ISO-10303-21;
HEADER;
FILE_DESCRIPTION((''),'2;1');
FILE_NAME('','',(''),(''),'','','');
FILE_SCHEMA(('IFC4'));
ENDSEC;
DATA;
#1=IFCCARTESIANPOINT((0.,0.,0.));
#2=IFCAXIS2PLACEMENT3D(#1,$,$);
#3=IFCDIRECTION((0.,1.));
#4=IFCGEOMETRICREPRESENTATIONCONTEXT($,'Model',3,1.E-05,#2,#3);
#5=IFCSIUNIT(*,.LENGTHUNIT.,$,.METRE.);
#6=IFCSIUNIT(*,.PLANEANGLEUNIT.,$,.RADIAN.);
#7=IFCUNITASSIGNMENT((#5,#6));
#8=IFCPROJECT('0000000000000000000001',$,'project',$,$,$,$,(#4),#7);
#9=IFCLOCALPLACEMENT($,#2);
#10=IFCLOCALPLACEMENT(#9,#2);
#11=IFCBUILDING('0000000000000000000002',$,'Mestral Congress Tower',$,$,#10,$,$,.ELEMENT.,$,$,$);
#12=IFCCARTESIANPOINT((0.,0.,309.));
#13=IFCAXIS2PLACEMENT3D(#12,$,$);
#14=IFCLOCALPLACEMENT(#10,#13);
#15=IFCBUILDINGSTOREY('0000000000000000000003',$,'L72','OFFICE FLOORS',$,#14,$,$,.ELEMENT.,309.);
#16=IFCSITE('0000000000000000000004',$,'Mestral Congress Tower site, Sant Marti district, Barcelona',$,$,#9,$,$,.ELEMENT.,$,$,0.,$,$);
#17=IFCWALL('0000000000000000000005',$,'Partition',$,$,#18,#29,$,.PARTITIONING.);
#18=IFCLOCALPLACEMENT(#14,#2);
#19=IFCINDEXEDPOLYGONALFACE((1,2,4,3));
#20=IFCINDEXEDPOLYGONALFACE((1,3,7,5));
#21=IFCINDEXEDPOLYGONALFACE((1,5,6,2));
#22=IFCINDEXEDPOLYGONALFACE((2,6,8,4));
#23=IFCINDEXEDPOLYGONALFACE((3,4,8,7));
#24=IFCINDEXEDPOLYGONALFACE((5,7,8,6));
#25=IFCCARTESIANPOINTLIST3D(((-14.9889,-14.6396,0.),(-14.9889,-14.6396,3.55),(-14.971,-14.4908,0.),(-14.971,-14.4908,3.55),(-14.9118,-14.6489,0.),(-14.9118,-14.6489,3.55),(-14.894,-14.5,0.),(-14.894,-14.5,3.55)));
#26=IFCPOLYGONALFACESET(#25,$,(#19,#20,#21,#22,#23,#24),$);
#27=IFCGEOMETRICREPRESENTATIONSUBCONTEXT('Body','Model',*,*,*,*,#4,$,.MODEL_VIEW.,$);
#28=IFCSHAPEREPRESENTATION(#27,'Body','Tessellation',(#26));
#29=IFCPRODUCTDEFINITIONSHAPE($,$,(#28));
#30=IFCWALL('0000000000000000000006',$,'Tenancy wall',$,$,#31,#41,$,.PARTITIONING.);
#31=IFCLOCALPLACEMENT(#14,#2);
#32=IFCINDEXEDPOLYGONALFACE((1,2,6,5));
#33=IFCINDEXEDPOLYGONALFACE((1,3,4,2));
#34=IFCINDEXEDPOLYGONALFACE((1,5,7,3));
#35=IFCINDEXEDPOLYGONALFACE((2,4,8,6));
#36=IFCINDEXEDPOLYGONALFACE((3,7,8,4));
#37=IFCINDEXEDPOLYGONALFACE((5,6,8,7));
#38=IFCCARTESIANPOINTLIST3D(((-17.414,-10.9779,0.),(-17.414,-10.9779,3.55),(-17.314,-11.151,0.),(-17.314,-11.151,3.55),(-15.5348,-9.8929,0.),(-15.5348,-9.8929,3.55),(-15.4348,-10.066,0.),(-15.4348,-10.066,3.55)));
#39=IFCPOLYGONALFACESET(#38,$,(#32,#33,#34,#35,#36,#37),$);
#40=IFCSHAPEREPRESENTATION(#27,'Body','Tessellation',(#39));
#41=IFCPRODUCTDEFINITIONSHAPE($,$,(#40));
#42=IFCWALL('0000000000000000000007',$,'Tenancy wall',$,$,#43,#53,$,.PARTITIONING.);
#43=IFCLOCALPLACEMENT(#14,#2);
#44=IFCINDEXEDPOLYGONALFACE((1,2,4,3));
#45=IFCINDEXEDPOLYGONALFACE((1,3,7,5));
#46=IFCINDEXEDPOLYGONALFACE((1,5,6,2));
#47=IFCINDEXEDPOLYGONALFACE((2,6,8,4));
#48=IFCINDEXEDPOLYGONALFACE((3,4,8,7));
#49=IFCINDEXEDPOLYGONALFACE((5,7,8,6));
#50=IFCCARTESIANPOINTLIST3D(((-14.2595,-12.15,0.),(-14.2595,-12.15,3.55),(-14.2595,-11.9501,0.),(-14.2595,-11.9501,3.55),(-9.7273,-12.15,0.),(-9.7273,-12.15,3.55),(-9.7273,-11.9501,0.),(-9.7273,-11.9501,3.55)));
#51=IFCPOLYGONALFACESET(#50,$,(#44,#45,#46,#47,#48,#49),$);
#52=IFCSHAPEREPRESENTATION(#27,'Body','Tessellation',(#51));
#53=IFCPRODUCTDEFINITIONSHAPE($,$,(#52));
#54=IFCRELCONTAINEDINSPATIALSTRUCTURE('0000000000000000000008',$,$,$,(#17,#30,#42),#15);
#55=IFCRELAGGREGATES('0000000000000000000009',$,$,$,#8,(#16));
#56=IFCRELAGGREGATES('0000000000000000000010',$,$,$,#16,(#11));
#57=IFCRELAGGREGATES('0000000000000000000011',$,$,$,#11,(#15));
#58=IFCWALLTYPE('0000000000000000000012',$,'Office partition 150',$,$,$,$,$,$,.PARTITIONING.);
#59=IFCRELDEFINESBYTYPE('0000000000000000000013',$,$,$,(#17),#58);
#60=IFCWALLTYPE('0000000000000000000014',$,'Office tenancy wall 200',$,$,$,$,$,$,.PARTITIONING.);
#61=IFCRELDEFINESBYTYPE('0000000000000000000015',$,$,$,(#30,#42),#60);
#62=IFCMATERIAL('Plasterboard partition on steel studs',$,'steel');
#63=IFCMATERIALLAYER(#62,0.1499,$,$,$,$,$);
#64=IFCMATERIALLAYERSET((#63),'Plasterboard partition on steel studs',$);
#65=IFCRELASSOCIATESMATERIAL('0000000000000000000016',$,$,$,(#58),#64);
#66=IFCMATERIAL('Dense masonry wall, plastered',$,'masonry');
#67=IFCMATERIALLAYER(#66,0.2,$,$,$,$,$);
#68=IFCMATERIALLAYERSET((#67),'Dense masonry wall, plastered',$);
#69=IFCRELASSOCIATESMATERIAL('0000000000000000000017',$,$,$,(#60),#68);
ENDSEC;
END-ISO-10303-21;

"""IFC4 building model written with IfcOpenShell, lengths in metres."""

from ifc_helpers import new_model, si_unit, direction, frame, frame_2d, origin, place, context, subcontext, project, spatial, rectangle, extrude, material, layer, layer_set, type_object, element, save


model = new_model("IFC4")

# Units and contexts
model_context = context("Model", 3, precision=1e-05, world=origin(), true_north=direction((0.0, 1.0)))
body_context = subcontext(model_context, "Body", "Model", "MODEL_VIEW")
ifc_project = project(units=[si_unit("LENGTHUNIT", "METRE"), si_unit("PLANEANGLEUNIT", "RADIAN")], contexts=[model_context])

# Site, building, storey
site_placement = place(None, origin())
site = spatial("IfcSite", under=ifc_project, at=site_placement, Name="Mestral Congress Tower site, Sant Marti district, Barcelona", CompositionType="ELEMENT", RefElevation=0.0)
building_placement = place(site_placement, origin())
building = spatial("IfcBuilding", under=site, at=building_placement, Name="Mestral Congress Tower", CompositionType="ELEMENT")
storey_placement = place(building_placement, frame((0.0, 0.0, 309.0)))
storey = spatial("IfcBuildingStorey", under=building, at=storey_placement, Name="L72", Description="OFFICE FLOORS", CompositionType="ELEMENT", Elevation=309.0)

# Shared definitions
ifc_material_1 = material(Name="Plasterboard partition on steel studs", Category="steel")
ifc_layer_1 = layer(ifc_material_1, 0.1499)
ifc_layer_set_1 = layer_set([ifc_layer_1], Name="Plasterboard partition on steel studs")
wall_type_1 = type_object("IfcWallType", Name="Office partition 150", PredefinedType="PARTITIONING", material=ifc_layer_set_1)

# Walls
wall_1_placement = place(storey_placement, frame((-14.98, -14.5652, 0.0), z_axis=(0.0, 0.0, 1.0), x_axis=(0.992847, -0.119393, 0.0)))
element("IfcWall", 1, at=wall_1_placement, inside=storey, type_object=wall_type_1, Name="Partition", PredefinedType="PARTITIONING", context=body_context, shape_type="SweptSolid", body=[
    extrude(rectangle(XDim=0.0776, YDim=0.1499, at=frame_2d((0.0388, 0.0))), origin(), (0.0, 0.0, 1.0), 3.55),
])
ifc_material_2 = material(Name="Dense masonry wall, plastered", Category="masonry")
ifc_layer_2 = layer(ifc_material_2, 0.2)
ifc_layer_set_2 = layer_set([ifc_layer_2], Name="Dense masonry wall, plastered")
wall_type_2 = type_object("IfcWallType", Name="Office tenancy wall 200", PredefinedType="PARTITIONING", material=ifc_layer_set_2)
wall_2_placement = place(storey_placement, frame((-17.364, -11.0645, 0.0), z_axis=(0.0, 0.0, 1.0), x_axis=(0.866019, 0.500011, 0.0)))
element("IfcWall", 2, at=wall_2_placement, inside=storey, type_object=wall_type_2, Name="Tenancy wall", PredefinedType="PARTITIONING", context=body_context, shape_type="SweptSolid", body=[
    extrude(rectangle(XDim=2.1699, YDim=0.2, at=frame_2d((1.085, 0.0))), origin(), (0.0, 0.0, 1.0), 3.55),
])
wall_3_placement = place(storey_placement, frame((-14.2595, -12.05, 0.0), z_axis=(0.0, 0.0, 1.0), x_axis=(1.0, 0.0, 0.0)))
element("IfcWall", 3, at=wall_3_placement, inside=storey, type_object=wall_type_2, Name="Tenancy wall", PredefinedType="PARTITIONING", context=body_context, shape_type="SweptSolid", body=[
    extrude(rectangle(XDim=4.5322, YDim=0.2, at=frame_2d((2.2661, 0.0))), origin(), (0.0, 0.0, 1.0), 3.55),
])

save(model, "model.ifc")
